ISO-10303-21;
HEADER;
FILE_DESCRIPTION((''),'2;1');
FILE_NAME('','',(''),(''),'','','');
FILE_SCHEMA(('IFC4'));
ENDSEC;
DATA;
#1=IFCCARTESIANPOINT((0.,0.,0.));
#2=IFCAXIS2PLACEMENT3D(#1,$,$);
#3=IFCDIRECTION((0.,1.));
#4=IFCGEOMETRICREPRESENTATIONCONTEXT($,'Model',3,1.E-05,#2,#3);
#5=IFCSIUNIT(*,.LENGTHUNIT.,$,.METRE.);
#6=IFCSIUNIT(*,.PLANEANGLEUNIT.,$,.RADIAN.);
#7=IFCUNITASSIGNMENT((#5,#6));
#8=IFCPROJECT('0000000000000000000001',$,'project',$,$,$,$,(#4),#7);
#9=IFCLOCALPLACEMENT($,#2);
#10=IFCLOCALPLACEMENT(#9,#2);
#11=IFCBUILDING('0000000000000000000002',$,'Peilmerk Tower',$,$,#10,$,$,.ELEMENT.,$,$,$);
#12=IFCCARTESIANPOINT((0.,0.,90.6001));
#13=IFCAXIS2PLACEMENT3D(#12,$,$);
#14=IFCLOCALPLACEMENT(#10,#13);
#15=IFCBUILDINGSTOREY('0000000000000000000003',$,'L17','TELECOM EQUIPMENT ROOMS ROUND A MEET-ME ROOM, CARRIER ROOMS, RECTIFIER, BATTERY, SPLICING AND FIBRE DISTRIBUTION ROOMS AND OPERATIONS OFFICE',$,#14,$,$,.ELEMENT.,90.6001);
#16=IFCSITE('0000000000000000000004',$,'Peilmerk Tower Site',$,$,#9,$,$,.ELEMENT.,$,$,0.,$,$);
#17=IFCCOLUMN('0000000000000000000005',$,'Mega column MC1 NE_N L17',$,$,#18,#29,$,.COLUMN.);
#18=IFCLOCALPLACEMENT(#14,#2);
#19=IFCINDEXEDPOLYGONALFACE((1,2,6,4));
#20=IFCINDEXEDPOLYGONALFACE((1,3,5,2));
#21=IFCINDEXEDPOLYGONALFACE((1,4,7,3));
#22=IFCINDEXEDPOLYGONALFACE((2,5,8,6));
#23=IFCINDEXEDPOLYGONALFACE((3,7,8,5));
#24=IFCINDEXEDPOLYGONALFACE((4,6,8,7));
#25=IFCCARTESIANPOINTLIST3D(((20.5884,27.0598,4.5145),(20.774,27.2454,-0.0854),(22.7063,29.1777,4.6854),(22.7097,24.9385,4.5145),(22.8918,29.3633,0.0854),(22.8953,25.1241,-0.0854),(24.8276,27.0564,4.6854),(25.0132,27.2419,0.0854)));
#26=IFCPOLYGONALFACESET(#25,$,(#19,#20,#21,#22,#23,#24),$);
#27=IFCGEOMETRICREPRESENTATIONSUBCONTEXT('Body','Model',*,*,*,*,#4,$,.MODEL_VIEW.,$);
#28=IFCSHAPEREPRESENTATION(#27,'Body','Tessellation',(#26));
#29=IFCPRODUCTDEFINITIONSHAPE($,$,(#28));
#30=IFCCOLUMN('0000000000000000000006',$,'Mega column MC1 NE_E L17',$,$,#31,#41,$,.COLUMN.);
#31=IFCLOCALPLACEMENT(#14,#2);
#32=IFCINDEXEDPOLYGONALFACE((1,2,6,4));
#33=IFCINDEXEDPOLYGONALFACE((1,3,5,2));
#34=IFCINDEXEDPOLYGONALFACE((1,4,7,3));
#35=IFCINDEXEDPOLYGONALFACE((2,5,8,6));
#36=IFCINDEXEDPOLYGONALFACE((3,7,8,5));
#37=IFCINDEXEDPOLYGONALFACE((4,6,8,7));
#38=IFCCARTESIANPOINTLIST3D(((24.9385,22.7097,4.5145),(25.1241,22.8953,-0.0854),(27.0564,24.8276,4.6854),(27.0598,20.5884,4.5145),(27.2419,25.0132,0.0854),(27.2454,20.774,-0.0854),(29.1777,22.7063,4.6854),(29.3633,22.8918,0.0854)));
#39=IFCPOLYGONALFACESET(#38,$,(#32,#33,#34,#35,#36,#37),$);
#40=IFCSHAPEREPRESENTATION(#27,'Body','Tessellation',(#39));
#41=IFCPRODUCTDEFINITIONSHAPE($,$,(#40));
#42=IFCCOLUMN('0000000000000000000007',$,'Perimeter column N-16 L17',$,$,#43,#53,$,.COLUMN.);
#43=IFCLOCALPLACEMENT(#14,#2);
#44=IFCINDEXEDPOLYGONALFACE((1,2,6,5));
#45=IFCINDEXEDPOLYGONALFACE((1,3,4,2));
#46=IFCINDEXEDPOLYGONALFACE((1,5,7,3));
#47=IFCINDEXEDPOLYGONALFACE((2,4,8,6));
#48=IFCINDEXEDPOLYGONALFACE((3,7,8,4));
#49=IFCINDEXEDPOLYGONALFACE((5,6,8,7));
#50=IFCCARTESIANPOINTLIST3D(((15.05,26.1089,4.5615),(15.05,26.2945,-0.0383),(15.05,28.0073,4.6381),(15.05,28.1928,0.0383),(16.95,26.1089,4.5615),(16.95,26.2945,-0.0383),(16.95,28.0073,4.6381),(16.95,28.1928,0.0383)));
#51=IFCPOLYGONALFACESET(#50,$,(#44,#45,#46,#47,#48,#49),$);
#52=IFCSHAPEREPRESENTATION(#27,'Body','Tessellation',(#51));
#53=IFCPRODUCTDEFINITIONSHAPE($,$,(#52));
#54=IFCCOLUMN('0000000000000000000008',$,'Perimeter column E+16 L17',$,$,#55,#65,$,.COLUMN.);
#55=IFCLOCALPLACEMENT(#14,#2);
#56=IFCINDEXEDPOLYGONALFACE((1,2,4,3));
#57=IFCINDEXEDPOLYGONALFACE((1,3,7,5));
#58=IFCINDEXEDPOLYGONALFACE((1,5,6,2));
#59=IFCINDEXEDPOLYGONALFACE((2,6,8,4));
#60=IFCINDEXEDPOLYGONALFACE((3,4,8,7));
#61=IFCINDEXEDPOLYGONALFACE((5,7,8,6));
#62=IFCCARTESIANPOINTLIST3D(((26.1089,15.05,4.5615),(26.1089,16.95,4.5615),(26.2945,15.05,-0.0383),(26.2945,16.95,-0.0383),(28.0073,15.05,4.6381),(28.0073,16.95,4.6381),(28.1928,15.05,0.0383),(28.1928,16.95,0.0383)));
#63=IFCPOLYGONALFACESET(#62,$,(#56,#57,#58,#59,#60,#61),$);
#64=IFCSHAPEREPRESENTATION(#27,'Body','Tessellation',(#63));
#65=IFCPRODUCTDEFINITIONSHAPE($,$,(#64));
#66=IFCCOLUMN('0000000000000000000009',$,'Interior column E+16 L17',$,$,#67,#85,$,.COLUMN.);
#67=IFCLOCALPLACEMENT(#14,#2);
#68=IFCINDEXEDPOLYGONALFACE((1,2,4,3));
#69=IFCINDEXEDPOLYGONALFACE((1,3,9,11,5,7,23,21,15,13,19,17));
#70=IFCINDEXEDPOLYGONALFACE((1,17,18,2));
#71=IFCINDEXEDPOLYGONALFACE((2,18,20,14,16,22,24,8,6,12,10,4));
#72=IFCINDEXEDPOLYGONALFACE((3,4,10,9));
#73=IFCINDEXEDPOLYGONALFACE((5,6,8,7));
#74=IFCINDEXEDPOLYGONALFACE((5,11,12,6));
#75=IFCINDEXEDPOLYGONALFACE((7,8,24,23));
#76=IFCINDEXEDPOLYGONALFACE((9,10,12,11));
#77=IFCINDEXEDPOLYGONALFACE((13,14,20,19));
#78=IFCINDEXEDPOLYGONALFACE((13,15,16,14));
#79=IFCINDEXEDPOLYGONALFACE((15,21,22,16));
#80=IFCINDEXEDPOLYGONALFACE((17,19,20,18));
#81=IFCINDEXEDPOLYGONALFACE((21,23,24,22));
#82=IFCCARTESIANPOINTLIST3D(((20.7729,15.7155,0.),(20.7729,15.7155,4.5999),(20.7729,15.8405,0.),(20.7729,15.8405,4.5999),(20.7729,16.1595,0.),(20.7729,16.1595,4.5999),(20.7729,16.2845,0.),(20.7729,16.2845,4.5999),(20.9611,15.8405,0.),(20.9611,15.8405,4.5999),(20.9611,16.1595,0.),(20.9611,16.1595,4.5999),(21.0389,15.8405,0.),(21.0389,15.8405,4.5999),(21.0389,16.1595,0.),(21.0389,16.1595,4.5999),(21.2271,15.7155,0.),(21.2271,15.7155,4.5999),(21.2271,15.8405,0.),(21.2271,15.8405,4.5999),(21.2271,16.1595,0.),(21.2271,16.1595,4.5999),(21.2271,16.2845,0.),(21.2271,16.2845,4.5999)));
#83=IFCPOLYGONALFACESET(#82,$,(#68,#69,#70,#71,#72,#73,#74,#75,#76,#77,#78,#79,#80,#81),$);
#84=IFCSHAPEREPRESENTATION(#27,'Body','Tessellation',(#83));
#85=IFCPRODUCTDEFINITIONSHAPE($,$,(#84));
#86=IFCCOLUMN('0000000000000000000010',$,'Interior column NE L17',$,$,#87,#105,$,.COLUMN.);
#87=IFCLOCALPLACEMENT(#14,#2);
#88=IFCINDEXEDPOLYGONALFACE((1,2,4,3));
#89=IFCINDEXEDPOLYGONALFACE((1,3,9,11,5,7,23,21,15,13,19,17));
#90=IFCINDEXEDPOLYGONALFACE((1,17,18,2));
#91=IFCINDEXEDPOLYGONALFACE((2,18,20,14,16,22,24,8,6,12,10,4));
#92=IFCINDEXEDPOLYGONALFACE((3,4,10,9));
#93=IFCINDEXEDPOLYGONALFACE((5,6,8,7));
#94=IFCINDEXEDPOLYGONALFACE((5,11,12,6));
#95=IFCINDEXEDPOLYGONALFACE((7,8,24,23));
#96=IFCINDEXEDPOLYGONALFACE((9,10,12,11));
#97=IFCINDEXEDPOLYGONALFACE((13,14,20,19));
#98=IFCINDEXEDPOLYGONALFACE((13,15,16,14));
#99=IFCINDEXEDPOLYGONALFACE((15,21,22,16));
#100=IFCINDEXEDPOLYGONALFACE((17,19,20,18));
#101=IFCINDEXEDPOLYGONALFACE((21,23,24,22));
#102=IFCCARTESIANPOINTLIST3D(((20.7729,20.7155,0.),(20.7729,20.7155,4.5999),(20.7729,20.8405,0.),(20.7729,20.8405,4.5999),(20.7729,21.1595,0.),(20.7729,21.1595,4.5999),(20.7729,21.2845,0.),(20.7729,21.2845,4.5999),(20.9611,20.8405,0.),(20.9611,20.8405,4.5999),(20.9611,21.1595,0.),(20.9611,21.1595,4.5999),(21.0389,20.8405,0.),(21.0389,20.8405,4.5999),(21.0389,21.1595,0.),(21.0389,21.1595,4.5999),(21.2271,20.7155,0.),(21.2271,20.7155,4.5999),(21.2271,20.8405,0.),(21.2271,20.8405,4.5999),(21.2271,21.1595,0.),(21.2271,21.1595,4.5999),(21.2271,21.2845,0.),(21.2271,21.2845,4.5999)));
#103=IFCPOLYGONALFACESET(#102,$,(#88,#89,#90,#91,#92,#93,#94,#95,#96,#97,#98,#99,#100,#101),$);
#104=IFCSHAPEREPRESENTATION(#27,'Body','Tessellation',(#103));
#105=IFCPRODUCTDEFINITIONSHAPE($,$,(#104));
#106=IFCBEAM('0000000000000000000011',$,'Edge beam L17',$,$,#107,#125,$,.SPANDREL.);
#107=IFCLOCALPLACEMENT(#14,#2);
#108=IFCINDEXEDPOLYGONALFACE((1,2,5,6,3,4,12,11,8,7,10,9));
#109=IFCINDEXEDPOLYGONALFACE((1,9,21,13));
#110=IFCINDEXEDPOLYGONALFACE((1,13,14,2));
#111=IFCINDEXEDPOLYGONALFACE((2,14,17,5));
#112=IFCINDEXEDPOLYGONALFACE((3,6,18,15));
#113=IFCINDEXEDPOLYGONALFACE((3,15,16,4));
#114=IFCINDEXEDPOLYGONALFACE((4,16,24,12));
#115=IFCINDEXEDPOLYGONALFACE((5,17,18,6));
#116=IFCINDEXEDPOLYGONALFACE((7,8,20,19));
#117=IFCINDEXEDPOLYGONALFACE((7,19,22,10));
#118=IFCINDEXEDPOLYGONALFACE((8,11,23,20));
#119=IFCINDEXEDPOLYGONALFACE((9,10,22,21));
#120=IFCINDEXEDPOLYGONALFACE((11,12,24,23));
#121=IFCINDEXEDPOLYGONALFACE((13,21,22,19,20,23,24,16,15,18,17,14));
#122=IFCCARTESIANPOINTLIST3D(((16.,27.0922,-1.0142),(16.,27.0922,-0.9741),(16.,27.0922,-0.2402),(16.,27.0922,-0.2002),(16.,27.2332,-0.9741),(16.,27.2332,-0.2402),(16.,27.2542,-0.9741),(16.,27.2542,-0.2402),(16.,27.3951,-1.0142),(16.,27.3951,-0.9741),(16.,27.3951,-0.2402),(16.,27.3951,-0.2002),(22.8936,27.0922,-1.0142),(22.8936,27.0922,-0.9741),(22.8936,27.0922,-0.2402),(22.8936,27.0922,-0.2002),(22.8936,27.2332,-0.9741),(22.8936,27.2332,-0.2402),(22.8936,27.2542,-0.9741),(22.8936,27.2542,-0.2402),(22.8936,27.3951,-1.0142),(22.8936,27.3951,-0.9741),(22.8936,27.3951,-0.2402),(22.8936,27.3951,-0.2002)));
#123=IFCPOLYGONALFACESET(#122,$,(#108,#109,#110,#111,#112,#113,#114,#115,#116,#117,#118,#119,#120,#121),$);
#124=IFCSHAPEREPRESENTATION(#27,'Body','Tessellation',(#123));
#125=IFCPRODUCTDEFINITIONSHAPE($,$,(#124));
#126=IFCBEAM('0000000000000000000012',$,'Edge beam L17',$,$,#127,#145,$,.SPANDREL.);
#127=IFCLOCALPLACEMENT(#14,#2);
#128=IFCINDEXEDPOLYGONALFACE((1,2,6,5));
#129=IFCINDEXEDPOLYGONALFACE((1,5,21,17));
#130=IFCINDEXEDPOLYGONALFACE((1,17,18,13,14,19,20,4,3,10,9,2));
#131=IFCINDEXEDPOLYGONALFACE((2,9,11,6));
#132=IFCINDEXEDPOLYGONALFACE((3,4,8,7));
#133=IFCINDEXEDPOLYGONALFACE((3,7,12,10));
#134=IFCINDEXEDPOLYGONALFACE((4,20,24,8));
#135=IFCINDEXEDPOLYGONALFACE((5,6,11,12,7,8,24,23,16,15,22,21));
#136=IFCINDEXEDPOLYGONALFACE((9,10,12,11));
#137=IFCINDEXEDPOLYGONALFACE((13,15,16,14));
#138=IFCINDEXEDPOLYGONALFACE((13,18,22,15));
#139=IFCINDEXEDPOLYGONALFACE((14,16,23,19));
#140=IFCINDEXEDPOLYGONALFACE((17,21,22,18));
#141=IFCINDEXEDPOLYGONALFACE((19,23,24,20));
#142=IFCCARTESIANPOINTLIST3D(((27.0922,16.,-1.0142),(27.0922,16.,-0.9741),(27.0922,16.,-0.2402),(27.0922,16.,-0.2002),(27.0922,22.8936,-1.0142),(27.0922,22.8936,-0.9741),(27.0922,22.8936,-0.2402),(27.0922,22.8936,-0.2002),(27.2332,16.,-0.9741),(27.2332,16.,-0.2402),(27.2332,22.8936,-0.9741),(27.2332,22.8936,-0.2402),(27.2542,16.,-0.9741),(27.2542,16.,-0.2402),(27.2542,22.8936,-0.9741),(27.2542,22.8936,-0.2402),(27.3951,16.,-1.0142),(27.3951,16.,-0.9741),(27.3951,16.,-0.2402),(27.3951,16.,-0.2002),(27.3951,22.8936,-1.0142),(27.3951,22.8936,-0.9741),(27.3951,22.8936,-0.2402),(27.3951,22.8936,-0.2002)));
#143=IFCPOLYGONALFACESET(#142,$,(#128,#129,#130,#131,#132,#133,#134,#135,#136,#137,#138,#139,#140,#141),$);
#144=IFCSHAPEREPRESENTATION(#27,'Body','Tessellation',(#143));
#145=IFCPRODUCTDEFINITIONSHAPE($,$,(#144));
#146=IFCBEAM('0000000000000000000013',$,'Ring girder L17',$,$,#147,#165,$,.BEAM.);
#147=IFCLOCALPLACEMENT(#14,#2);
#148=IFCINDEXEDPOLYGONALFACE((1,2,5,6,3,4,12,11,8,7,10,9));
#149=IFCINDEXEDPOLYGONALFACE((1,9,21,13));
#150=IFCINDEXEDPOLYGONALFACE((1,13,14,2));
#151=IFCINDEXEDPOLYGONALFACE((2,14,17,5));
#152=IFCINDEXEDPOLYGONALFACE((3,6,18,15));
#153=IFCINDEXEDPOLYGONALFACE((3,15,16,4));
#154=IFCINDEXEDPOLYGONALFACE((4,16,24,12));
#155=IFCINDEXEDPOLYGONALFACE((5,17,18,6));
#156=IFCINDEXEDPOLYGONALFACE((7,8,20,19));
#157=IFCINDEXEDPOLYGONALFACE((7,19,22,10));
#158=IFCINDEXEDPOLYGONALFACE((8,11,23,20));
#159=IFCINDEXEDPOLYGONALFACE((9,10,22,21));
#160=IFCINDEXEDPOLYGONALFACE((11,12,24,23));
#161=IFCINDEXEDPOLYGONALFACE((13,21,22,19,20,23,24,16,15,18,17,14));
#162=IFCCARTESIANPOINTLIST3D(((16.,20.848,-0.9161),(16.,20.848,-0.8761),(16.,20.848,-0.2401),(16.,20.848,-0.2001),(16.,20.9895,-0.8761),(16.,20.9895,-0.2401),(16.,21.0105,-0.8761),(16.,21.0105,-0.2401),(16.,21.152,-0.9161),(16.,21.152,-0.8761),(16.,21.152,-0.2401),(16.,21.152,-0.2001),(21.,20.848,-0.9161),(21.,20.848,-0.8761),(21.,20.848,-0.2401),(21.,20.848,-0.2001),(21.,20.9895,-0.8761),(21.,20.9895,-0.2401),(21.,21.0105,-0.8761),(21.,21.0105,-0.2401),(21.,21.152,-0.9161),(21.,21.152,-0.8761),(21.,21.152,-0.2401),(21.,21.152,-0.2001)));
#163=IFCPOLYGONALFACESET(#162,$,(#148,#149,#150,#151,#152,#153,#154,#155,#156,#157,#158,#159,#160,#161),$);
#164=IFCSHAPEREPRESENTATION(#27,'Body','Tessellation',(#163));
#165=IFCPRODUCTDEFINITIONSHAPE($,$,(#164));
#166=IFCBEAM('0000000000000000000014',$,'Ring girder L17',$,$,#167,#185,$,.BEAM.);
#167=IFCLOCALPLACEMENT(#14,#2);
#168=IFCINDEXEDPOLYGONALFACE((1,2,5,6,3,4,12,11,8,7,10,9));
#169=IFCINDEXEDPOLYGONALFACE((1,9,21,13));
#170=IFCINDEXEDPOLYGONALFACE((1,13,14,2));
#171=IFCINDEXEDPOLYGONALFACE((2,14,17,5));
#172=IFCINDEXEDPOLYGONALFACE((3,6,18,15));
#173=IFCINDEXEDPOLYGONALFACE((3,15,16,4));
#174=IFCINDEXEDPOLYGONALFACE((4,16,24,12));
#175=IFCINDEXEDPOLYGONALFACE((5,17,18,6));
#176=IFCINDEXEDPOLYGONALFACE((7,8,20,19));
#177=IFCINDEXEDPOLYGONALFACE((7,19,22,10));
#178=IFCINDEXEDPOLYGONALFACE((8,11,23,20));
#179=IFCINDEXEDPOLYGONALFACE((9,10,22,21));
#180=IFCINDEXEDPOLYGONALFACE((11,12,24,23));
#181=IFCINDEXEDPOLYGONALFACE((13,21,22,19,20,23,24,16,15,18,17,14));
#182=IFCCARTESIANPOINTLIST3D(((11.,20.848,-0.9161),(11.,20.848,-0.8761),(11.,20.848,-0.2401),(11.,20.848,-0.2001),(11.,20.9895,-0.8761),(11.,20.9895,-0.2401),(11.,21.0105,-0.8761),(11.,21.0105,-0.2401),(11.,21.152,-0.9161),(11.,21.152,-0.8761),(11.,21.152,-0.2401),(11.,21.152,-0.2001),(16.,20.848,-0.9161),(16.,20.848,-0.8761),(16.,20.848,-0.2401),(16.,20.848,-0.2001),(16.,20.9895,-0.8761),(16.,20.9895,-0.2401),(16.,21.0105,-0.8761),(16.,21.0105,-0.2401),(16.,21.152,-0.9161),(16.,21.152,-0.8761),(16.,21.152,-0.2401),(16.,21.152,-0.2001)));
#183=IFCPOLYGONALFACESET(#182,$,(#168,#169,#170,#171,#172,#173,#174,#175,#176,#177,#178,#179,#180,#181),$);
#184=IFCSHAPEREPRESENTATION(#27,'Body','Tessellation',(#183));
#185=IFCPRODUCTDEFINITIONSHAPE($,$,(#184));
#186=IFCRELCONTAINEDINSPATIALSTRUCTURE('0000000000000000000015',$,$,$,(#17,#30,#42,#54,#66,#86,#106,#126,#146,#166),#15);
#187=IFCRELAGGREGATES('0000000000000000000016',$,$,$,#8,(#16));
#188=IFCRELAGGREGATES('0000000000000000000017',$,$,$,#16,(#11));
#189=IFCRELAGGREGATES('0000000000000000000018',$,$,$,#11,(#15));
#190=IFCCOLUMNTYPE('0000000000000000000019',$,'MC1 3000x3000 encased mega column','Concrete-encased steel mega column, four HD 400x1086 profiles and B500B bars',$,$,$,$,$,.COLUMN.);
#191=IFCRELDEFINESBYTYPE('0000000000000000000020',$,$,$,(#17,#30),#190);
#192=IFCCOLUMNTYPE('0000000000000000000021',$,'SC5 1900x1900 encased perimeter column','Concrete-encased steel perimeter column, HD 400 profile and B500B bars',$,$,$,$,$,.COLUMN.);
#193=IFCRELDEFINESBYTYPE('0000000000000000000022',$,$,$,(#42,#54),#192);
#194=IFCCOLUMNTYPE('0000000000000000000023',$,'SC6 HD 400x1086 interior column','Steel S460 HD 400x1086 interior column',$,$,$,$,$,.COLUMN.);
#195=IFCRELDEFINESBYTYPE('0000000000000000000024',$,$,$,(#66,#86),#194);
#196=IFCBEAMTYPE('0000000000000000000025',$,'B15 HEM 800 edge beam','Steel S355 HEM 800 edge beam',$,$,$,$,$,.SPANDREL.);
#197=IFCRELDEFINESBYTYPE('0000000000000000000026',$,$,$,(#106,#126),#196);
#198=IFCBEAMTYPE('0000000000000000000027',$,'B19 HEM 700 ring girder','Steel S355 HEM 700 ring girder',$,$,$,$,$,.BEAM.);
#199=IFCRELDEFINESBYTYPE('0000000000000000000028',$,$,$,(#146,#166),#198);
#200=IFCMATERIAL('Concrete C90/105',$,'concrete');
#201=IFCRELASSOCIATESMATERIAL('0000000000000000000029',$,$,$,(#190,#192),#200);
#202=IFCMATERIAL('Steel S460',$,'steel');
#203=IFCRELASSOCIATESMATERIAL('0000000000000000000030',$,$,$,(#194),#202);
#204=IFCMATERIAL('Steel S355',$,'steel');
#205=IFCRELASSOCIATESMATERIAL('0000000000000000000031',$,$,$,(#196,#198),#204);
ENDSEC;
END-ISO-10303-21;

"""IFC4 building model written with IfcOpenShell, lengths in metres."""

from ifc_helpers import new_model, si_unit, direction, frame, origin, origin_2d, place, context, subcontext, project, spatial, rectangle, i_section, extrude, material, material_profile, profile_set, type_object, element, save


model = new_model("IFC4")

# Units and contexts
model_context = context("Model", 3, precision=1e-05, world=origin(), true_north=direction((0.0, 1.0)))
body_context = subcontext(model_context, "Body", "Model", "MODEL_VIEW")
ifc_project = project(units=[si_unit("LENGTHUNIT", "METRE"), si_unit("PLANEANGLEUNIT", "RADIAN")], contexts=[model_context])

# Site, building, storey
site_placement = place(None, origin())
site = spatial("IfcSite", under=ifc_project, at=site_placement, Name="Peilmerk Tower Site", CompositionType="ELEMENT", RefElevation=0.0)
building_placement = place(site_placement, origin())
building = spatial("IfcBuilding", under=site, at=building_placement, Name="Peilmerk Tower", CompositionType="ELEMENT")
storey_placement = place(building_placement, frame((0.0, 0.0, 90.6001)))
storey = spatial("IfcBuildingStorey", under=building, at=storey_placement, Name="L17", Description="TELECOM EQUIPMENT ROOMS ROUND A MEET-ME ROOM, CARRIER ROOMS, RECTIFIER, BATTERY, SPLICING AND FIBRE DISTRIBUTION ROOMS AND OPERATIONS OFFICE", CompositionType="ELEMENT", Elevation=90.6001)

# Columns
ifc_material_1 = material(Name="Concrete C90/105", Category="concrete")
ifc_material_profile_1 = material_profile(ifc_material_1, rectangle(XDim=3.0, YDim=3.0, at=origin_2d()), Name="RC 3000x3000")
ifc_profile_set_1 = profile_set([ifc_material_profile_1], Name="Concrete C90/105")
column_type_1 = type_object("IfcColumnType", Name="MC1 3000x3000 encased mega column", Description="Concrete-encased steel mega column, four HD 400x1086 profiles and B500B bars", PredefinedType="COLUMN", material=ifc_profile_set_1)
for number, where, z_axis, x_axis, name in (
    (1, (22.8936, 27.2437, 0.0), (-0.040272, -0.040272, 0.998377), (0.707107, -0.707107, 0.0), "Mega column MC1 NE_N L17"),
    (2, (27.2437, 22.8936, 0.0), (-0.040272, -0.040272, 0.998377), (0.707107, -0.707107, 0.0), "Mega column MC1 NE_E L17"),
):
    element("IfcColumn", number, at=place(storey_placement, frame(where, z_axis=z_axis, x_axis=x_axis)), inside=storey, type_object=column_type_1, Name=name, PredefinedType="COLUMN", context=body_context, shape_type="SweptSolid", body=[
        extrude(rectangle(XDim=3.0, YDim=3.0, at=origin_2d()), origin(), (0.0, 0.0, 1.0), 4.6074),
    ])
ifc_material_profile_2 = material_profile(ifc_material_1, rectangle(XDim=1.8999, YDim=1.8999, at=origin_2d()), Name="RC 1900x1900")
ifc_profile_set_2 = profile_set([ifc_material_profile_2], Name="Concrete C90/105")
column_type_2 = type_object("IfcColumnType", Name="SC5 1900x1900 encased perimeter column", Description="Concrete-encased steel perimeter column, HD 400 profile and B500B bars", PredefinedType="COLUMN", material=ifc_profile_set_2)
for number, where, z_axis, x_axis, name in (
    (3, (16.0, 27.2437, 0.0), (0.0, -0.040305, 0.999187), (1.0, 0.0, 0.0), "Perimeter column N-16 L17"),
    (4, (27.2437, 16.0, 0.0), (-0.040305, 0.0, 0.999187), (0.0, -1.0, 0.0), "Perimeter column E+16 L17"),
):
    element("IfcColumn", number, at=place(storey_placement, frame(where, z_axis=z_axis, x_axis=x_axis)), inside=storey, type_object=column_type_2, Name=name, PredefinedType="COLUMN", context=body_context, shape_type="SweptSolid", body=[
        extrude(rectangle(XDim=1.8999, YDim=1.8999, at=origin_2d()), origin(), (0.0, 0.0, 1.0), 4.6035),
    ])
ifc_material_2 = material(Name="Steel S460", Category="steel")
ifc_material_profile_3 = material_profile(ifc_material_2, i_section(OverallWidth=0.4541, OverallDepth=0.5691, WebThickness=0.0779, FlangeThickness=0.125, at=origin_2d()), Name="HD 400x1086")
ifc_profile_set_3 = profile_set([ifc_material_profile_3], Name="Steel S460")
column_type_3 = type_object("IfcColumnType", Name="SC6 HD 400x1086 interior column", Description="Steel S460 HD 400x1086 interior column", PredefinedType="COLUMN", material=ifc_profile_set_3)
for number, where, z_axis, x_axis, name in (
    (5, (21.0, 16.0, 0.0), (0.0, 0.0, 1.0), (1.0, 0.0, 0.0), "Interior column E+16 L17"),
    (6, (21.0, 21.0, 0.0), (0.0, 0.0, 1.0), (1.0, 0.0, 0.0), "Interior column NE L17"),
):
    element("IfcColumn", number, at=place(storey_placement, frame(where, z_axis=z_axis, x_axis=x_axis)), inside=storey, type_object=column_type_3, Name=name, PredefinedType="COLUMN", context=body_context, shape_type="SweptSolid", body=[
        extrude(i_section(OverallWidth=0.4541, OverallDepth=0.5691, WebThickness=0.0779, FlangeThickness=0.125, at=origin_2d()), origin(), (0.0, 0.0, 1.0), 4.5999),
    ])

# Beams
ifc_material_3 = material(Name="Steel S355", Category="steel")
ifc_material_profile_4 = material_profile(ifc_material_3, i_section(OverallWidth=0.303, OverallDepth=0.814, WebThickness=0.021, FlangeThickness=0.04, at=origin_2d()), Name="HEM 800")
ifc_profile_set_4 = profile_set([ifc_material_profile_4], Name="Steel S355")
beam_type_1 = type_object("IfcBeamType", Name="B15 HEM 800 edge beam", Description="Steel S355 HEM 800 edge beam", PredefinedType="SPANDREL", material=ifc_profile_set_4)
for number, where, z_axis, x_axis, name in (
    (7, (22.8936, 27.2437, -0.6072), (-1.0, 0.0, 0.0), (0.0, -1.0, 0.0), "Edge beam L17"),
    (8, (27.2437, 16.0, -0.6072), (0.0, 1.0, 0.0), (-1.0, 0.0, 0.0), "Edge beam L17"),
):
    element("IfcBeam", number, at=place(storey_placement, frame(where, z_axis=z_axis, x_axis=x_axis)), inside=storey, type_object=beam_type_1, Name=name, PredefinedType="SPANDREL", context=body_context, shape_type="SweptSolid", body=[
        extrude(i_section(OverallWidth=0.303, OverallDepth=0.814, WebThickness=0.021, FlangeThickness=0.04, at=origin_2d()), origin(), (0.0, 0.0, 1.0), 6.8936),
    ])
ifc_material_profile_5 = material_profile(ifc_material_3, i_section(OverallWidth=0.304, OverallDepth=0.7161, WebThickness=0.021, FlangeThickness=0.04, at=origin_2d()), Name="HEM 700")
ifc_profile_set_5 = profile_set([ifc_material_profile_5], Name="Steel S355")
beam_type_2 = type_object("IfcBeamType", Name="B19 HEM 700 ring girder", Description="Steel S355 HEM 700 ring girder", PredefinedType="BEAM", material=ifc_profile_set_5)
for number, where, z_axis, x_axis, name in (
    (9, (21.0, 21.0, -0.5581), (-1.0, 0.0, 0.0), (0.0, -1.0, 0.0), "Ring girder L17"),
    (10, (16.0, 21.0, -0.5581), (-1.0, 0.0, 0.0), (0.0, -1.0, 0.0), "Ring girder L17"),
):
    element("IfcBeam", number, at=place(storey_placement, frame(where, z_axis=z_axis, x_axis=x_axis)), inside=storey, type_object=beam_type_2, Name=name, PredefinedType="BEAM", context=body_context, shape_type="SweptSolid", body=[
        extrude(i_section(OverallWidth=0.304, OverallDepth=0.7161, WebThickness=0.021, FlangeThickness=0.04, at=origin_2d()), origin(), (0.0, 0.0, 1.0), 5.0),
    ])

save(model, "model.ifc")
